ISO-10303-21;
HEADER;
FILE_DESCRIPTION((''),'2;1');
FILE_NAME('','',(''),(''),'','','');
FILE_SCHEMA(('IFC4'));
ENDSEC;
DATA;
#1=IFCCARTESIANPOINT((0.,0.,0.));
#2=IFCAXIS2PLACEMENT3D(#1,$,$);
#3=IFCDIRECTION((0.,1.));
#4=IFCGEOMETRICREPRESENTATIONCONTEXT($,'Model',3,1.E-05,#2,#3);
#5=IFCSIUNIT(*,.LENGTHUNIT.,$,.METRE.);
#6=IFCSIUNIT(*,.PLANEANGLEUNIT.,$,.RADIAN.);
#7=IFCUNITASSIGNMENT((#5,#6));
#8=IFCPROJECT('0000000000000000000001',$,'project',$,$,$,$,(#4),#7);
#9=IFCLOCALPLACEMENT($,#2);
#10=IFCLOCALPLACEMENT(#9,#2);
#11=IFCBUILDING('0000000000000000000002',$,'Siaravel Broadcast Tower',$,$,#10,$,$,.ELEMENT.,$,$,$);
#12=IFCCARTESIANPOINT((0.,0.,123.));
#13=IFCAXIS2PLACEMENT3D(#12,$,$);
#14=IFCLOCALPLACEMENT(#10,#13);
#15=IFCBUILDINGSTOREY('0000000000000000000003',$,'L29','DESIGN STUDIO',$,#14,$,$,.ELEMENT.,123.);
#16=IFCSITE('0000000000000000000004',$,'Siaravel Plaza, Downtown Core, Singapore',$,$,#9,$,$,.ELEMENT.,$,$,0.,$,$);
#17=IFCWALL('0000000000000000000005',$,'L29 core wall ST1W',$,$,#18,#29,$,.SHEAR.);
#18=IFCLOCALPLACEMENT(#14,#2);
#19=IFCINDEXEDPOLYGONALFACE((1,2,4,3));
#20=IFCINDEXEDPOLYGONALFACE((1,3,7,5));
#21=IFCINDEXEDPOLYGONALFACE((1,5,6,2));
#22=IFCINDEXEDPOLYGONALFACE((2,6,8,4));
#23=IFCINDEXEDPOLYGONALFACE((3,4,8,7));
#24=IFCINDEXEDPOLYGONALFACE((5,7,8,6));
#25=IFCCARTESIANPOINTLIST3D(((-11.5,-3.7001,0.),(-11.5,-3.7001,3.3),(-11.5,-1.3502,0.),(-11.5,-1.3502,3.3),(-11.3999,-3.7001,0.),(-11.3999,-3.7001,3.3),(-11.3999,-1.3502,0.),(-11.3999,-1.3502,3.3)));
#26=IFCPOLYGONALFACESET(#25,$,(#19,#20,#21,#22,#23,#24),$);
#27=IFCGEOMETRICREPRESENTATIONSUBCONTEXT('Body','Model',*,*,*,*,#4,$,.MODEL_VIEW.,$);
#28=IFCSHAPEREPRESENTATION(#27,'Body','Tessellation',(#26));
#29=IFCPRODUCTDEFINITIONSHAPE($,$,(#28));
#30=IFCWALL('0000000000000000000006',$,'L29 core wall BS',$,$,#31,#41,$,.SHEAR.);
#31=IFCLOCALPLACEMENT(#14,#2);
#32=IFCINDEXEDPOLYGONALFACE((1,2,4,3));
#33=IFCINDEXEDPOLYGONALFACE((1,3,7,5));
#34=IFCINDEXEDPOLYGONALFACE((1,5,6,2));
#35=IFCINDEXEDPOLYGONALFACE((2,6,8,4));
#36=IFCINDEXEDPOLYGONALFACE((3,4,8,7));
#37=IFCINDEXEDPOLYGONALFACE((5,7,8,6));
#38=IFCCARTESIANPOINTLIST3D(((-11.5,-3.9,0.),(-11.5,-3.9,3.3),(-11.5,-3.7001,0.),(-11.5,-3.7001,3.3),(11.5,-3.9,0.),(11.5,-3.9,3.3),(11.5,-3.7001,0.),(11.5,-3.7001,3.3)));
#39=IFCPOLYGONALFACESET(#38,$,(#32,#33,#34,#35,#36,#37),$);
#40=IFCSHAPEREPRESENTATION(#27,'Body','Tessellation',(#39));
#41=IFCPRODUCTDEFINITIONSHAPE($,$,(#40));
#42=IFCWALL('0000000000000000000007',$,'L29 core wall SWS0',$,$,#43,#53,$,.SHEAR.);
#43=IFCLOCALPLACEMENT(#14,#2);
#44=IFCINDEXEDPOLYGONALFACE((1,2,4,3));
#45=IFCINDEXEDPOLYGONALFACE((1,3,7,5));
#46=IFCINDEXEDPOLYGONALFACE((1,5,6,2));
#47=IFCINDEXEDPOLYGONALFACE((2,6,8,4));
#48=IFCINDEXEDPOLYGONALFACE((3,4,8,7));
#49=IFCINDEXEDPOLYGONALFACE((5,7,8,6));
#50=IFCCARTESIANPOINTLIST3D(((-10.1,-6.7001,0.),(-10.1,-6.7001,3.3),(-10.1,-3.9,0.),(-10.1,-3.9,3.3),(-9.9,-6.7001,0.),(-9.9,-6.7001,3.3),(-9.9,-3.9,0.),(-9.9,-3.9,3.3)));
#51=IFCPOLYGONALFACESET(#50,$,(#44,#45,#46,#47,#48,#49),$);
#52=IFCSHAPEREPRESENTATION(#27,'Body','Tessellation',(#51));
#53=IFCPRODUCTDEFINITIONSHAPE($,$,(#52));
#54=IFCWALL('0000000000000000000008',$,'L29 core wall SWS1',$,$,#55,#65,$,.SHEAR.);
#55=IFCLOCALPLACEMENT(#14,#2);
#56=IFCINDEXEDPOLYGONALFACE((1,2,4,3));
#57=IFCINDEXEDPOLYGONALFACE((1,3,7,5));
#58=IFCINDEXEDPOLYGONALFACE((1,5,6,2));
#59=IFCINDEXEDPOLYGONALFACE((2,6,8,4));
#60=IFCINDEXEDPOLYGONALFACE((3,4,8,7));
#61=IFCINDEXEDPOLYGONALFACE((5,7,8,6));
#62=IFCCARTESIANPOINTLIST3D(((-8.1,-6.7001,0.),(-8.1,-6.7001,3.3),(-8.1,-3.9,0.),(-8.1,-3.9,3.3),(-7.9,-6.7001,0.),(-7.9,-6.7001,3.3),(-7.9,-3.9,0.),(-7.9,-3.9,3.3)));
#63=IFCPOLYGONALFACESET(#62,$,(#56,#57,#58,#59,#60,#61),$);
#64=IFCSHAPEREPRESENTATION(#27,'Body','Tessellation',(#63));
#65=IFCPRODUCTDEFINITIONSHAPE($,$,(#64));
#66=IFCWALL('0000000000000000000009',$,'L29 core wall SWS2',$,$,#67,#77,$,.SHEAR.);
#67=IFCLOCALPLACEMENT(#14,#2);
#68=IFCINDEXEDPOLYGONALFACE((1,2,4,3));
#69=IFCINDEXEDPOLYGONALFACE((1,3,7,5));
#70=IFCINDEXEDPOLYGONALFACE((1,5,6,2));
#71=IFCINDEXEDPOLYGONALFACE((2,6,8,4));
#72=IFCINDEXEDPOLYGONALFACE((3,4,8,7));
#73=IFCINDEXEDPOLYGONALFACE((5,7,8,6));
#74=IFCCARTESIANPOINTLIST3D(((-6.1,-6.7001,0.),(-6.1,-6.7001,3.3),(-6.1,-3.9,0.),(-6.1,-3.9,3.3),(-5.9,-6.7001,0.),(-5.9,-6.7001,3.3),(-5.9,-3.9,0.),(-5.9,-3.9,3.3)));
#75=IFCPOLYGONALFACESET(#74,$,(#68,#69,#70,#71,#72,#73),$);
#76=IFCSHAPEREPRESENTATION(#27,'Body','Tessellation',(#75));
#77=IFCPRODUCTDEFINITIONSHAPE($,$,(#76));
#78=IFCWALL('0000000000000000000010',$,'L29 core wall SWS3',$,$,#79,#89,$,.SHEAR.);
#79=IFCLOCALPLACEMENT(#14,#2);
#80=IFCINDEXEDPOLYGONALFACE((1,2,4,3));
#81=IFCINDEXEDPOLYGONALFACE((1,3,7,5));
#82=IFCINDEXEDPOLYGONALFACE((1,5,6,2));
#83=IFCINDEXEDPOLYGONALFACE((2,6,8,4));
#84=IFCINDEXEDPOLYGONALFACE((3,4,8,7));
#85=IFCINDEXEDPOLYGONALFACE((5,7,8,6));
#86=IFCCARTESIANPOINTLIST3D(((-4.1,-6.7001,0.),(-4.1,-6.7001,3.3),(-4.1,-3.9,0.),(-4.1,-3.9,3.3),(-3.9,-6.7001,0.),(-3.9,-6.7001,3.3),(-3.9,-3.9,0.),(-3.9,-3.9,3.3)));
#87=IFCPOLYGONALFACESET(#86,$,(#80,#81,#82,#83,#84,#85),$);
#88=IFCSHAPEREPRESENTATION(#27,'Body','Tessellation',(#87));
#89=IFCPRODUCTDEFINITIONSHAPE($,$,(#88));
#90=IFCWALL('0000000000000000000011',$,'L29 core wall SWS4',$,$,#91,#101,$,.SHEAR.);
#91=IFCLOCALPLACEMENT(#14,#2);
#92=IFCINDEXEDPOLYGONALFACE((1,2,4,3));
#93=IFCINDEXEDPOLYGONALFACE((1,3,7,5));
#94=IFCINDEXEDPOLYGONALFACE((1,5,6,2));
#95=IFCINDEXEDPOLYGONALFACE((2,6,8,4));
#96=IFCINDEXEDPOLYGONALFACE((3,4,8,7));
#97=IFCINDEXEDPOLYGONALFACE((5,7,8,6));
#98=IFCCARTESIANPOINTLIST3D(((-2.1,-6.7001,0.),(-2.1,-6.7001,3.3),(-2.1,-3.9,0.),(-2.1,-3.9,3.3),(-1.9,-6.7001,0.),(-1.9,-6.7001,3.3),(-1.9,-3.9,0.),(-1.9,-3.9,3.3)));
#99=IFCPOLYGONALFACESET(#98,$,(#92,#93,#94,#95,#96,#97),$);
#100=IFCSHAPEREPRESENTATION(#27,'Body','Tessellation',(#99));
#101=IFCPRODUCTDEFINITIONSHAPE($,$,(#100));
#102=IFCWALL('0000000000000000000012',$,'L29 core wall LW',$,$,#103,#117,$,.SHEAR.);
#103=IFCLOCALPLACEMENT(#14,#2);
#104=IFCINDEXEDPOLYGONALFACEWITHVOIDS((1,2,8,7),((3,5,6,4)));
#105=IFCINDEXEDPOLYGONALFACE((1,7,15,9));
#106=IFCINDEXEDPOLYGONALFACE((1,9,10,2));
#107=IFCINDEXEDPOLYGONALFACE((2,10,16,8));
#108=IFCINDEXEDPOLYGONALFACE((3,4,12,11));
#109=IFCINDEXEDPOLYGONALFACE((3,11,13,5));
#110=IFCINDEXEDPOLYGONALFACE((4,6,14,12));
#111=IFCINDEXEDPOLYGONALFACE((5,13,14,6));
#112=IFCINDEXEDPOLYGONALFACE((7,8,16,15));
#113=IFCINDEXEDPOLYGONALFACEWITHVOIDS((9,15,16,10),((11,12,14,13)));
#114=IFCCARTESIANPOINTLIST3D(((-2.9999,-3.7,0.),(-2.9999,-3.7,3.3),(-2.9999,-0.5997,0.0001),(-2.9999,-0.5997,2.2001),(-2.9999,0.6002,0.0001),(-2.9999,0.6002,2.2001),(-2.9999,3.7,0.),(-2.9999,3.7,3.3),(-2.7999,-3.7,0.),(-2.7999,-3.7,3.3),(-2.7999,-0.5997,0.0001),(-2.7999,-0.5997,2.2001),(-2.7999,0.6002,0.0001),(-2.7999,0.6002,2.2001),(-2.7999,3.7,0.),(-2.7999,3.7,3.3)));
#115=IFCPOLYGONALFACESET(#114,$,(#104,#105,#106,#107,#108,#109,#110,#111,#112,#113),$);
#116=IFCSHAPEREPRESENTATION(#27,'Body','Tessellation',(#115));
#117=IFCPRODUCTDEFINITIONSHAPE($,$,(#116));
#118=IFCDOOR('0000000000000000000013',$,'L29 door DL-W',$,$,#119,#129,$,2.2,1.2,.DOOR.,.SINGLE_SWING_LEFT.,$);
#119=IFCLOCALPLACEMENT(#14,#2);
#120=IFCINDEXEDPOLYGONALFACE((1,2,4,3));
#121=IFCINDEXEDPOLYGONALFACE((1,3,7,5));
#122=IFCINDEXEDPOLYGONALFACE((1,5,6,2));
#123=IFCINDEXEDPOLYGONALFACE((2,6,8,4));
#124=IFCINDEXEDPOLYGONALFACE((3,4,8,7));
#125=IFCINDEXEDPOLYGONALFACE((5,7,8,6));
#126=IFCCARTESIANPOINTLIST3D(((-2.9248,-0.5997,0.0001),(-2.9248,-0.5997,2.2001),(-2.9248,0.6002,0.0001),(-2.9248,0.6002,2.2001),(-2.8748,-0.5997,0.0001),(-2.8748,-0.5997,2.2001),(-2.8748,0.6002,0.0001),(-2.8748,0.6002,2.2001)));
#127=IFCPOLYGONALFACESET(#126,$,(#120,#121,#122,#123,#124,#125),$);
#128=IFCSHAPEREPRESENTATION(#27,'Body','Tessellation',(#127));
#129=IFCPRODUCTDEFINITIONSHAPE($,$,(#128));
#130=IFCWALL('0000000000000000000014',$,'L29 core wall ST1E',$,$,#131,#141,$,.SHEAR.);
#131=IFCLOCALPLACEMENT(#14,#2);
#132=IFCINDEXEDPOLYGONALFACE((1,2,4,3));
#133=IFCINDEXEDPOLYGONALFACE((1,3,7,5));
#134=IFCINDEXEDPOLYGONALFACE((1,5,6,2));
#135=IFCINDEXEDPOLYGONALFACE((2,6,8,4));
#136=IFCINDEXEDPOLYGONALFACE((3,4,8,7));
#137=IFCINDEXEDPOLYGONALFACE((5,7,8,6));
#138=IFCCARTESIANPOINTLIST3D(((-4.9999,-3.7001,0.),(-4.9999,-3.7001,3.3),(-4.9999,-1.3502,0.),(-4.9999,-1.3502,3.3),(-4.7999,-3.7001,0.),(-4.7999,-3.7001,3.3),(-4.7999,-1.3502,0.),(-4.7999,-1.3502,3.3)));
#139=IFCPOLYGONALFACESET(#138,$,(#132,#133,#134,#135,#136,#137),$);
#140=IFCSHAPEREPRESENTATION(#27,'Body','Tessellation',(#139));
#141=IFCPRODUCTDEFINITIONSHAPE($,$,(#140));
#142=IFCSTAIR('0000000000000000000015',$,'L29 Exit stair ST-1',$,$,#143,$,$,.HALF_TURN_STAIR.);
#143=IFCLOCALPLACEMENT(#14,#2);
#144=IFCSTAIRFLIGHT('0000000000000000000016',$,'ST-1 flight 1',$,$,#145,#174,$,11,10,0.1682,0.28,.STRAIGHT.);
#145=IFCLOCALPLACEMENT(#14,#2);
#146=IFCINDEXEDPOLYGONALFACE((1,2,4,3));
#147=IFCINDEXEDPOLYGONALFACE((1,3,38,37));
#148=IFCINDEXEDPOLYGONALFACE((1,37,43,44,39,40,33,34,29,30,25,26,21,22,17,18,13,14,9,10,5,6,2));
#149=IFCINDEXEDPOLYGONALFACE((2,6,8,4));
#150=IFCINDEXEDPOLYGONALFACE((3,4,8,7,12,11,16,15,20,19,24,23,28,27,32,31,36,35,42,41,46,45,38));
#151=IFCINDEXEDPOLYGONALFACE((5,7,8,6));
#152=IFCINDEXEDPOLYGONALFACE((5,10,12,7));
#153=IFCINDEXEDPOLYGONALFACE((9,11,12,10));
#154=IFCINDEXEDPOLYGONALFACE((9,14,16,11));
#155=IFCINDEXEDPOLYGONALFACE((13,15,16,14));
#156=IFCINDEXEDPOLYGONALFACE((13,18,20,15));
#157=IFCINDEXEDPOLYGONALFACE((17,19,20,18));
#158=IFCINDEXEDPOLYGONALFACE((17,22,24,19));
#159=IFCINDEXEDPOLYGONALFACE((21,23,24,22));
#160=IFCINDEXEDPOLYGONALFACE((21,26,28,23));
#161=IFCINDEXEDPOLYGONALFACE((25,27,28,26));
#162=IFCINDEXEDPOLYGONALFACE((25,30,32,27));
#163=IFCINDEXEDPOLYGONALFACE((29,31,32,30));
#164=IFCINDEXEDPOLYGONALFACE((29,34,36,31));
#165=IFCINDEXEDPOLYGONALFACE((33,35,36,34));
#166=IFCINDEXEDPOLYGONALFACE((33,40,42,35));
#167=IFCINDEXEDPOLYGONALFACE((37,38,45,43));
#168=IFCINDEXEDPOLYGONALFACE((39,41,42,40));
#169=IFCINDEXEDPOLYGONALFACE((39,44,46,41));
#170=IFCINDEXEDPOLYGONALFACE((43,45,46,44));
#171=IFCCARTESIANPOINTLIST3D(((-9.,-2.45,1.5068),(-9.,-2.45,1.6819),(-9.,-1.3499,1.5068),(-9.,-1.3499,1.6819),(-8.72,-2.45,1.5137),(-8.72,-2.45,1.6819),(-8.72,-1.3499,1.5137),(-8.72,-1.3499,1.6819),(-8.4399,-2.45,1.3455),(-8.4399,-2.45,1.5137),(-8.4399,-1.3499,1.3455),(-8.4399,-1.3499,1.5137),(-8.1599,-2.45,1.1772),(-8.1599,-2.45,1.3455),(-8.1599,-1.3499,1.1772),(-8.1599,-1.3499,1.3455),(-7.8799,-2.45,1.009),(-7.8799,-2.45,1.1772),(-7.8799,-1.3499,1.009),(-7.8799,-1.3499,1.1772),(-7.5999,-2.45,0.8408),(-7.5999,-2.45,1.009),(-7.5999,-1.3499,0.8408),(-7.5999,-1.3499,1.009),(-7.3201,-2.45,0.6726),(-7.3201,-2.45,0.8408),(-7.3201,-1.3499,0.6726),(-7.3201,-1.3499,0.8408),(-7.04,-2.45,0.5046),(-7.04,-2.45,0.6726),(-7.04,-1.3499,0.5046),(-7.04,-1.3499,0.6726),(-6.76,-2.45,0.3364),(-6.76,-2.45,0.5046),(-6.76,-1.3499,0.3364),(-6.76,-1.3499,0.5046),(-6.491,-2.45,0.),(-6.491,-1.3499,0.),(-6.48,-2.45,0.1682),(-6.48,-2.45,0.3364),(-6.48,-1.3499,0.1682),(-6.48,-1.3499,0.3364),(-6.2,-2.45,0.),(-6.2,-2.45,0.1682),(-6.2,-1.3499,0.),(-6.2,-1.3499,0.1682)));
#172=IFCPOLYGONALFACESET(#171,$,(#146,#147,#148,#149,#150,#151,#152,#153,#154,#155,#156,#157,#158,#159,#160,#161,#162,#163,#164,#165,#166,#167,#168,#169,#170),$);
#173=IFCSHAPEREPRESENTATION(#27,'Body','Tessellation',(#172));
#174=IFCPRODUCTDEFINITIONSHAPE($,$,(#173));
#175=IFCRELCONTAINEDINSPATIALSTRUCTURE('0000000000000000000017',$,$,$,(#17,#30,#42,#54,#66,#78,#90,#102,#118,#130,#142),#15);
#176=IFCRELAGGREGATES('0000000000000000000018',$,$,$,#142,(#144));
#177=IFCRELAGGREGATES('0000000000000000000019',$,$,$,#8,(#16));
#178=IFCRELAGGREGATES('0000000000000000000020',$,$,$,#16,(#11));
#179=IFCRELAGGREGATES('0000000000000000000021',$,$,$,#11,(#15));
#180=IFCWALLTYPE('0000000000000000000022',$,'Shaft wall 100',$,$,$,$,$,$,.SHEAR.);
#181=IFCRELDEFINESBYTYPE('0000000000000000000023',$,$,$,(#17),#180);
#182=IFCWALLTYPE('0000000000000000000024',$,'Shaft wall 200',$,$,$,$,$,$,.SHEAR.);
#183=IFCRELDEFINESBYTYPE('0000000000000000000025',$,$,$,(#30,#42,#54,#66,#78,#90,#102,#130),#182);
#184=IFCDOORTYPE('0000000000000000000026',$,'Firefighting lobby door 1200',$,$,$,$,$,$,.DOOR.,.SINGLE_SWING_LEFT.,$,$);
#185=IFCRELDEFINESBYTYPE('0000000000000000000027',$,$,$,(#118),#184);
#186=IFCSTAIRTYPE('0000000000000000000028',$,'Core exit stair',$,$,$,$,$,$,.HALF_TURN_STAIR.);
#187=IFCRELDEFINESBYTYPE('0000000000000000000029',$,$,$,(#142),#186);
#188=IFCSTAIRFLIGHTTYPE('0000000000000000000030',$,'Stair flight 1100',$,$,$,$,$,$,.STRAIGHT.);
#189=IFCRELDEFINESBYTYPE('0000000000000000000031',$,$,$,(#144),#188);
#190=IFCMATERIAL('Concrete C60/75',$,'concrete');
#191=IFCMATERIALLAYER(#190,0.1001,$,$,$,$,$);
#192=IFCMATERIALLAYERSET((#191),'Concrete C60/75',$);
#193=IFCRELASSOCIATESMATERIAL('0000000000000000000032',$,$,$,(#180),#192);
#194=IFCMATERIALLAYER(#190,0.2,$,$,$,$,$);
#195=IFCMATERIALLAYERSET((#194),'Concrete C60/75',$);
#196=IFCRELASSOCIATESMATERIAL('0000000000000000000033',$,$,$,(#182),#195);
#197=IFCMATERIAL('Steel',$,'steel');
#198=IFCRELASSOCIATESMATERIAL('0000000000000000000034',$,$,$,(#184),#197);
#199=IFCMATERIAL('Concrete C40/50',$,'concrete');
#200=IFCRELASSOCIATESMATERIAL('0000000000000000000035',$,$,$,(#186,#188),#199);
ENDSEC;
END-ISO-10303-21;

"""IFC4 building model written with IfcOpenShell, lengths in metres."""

from ifc_helpers import new_model, si_unit, direction, frame, frame_2d, origin, place, context, subcontext, project, spatial, polyline, rectangle, outline, extrude, material, layer, layer_set, type_object, element, fill, aggregate, save


model = new_model("IFC4")

# Units and contexts
model_context = context("Model", 3, precision=1e-05, world=origin(), true_north=direction((0.0, 1.0)))
body_context = subcontext(model_context, "Body", "Model", "MODEL_VIEW")
ifc_project = project(units=[si_unit("LENGTHUNIT", "METRE"), si_unit("PLANEANGLEUNIT", "RADIAN")], contexts=[model_context])

# Site, building, storey
site_placement = place(None, origin())
site = spatial("IfcSite", under=ifc_project, at=site_placement, Name="Siaravel Plaza, Downtown Core, Singapore", CompositionType="ELEMENT", RefElevation=0.0)
building_placement = place(site_placement, origin())
building = spatial("IfcBuilding", under=site, at=building_placement, Name="Siaravel Broadcast Tower", CompositionType="ELEMENT")
storey_placement = place(building_placement, frame((0.0, 0.0, 123.0)))
storey = spatial("IfcBuildingStorey", under=building, at=storey_placement, Name="L29", Description="DESIGN STUDIO", CompositionType="ELEMENT", Elevation=123.0)

# Walls
ifc_material_1 = material(Name="Concrete C60/75", Category="concrete")
ifc_layer_1 = layer(ifc_material_1, 0.1001)
ifc_layer_set_1 = layer_set([ifc_layer_1], Name="Concrete C60/75")
wall_type_1 = type_object("IfcWallType", Name="Shaft wall 100", PredefinedType="SHEAR", material=ifc_layer_set_1)
wall_1_placement = place(storey_placement, frame((-11.45, -3.7, 0.0), z_axis=(0.0, 0.0, 1.0), x_axis=(0.0, 1.0, 0.0)))
element("IfcWall", 1, at=wall_1_placement, inside=storey, type_object=wall_type_1, Name="L29 core wall ST1W", PredefinedType="SHEAR", context=body_context, shape_type="SweptSolid", body=[
    extrude(rectangle(XDim=2.3499, YDim=0.1001, at=frame_2d((1.1748, 0.0))), origin(), (0.0, 0.0, 1.0), 3.3),
])
ifc_layer_2 = layer(ifc_material_1, 0.2)
ifc_layer_set_2 = layer_set([ifc_layer_2], Name="Concrete C60/75")
wall_type_2 = type_object("IfcWallType", Name="Shaft wall 200", PredefinedType="SHEAR", material=ifc_layer_set_2)
wall_2_placement = place(storey_placement, frame((-11.5, -3.8, 0.0), z_axis=(0.0, 0.0, 1.0), x_axis=(1.0, 0.0, 0.0)))
element("IfcWall", 2, at=wall_2_placement, inside=storey, type_object=wall_type_2, Name="L29 core wall BS", PredefinedType="SHEAR", context=body_context, shape_type="SweptSolid", body=[
    extrude(rectangle(XDim=23.0, YDim=0.2, at=frame_2d((11.5, 0.0))), origin(), (0.0, 0.0, 1.0), 3.3),
])
for number, where, z_axis, x_axis, name in (
    (3, (-10.0, -6.7, 0.0), (0.0, 0.0, 1.0), (0.0, 1.0, 0.0), "L29 core wall SWS0"),
    (4, (-8.0, -6.7, 0.0), (0.0, 0.0, 1.0), (0.0, 1.0, 0.0), "L29 core wall SWS1"),
    (5, (-6.0, -6.7, 0.0), (0.0, 0.0, 1.0), (0.0, 1.0, 0.0), "L29 core wall SWS2"),
    (6, (-4.0, -6.7, 0.0), (0.0, 0.0, 1.0), (0.0, 1.0, 0.0), "L29 core wall SWS3"),
    (7, (-2.0, -6.7, 0.0), (0.0, 0.0, 1.0), (0.0, 1.0, 0.0), "L29 core wall SWS4"),
):
    element("IfcWall", number, at=place(storey_placement, frame(where, z_axis=z_axis, x_axis=x_axis)), inside=storey, type_object=wall_type_2, Name=name, PredefinedType="SHEAR", context=body_context, shape_type="SweptSolid", body=[
        extrude(rectangle(XDim=2.8, YDim=0.2, at=frame_2d((1.3999, 0.0))), origin(), (0.0, 0.0, 1.0), 3.3),
    ])

# Wall, opening, door
wall_3_placement = place(storey_placement, frame((-2.8999, -3.7, 0.0), z_axis=(0.0, 0.0, 1.0), x_axis=(0.0, 1.0, 0.0)))
wall_3 = element("IfcWall", 8, at=wall_3_placement, inside=storey, type_object=wall_type_2, Name="L29 core wall LW", PredefinedType="SHEAR", context=body_context, shape_type="SweptSolid", body=[
    extrude(rectangle(XDim=7.3999, YDim=0.2, at=frame_2d((3.7, 0.0))), origin(), (0.0, 0.0, 1.0), 3.3),
])
opening_placement = place(wall_3_placement, frame((3.1001, 0.0, 0.0)))
opening = element("IfcOpeningElement", 9, at=opening_placement, cuts=wall_3, PredefinedType="OPENING", context=body_context, shape_type="SweptSolid", body=[
    extrude(rectangle(XDim=1.2, YDim=2.2, at=frame_2d((0.6001, 1.1001))), frame((0.0, 0.1099, 0.0), z_axis=(0.0, -1.0, 0.0), x_axis=(1.0, 0.0, 0.0)), (0.0, 0.0, 1.0), 0.22),
])
ifc_material_2 = material(Name="Steel", Category="steel")
door_type = type_object("IfcDoorType", Name="Firefighting lobby door 1200", OperationType="SINGLE_SWING_LEFT", PredefinedType="DOOR", material=ifc_material_2)
door_placement = place(opening_placement, origin())
door = element("IfcDoor", 10, at=door_placement, inside=storey, type_object=door_type, Name="L29 door DL-W", OperationType="SINGLE_SWING_LEFT", OverallHeight=2.2, OverallWidth=1.2, PredefinedType="DOOR", context=body_context, shape_type="SweptSolid", body=[
    extrude(rectangle(XDim=1.2, YDim=2.2, at=frame_2d((0.6001, 1.1001))), frame((0.0, 0.0249, 0.0), z_axis=(0.0, -1.0, 0.0), x_axis=(1.0, 0.0, 0.0)), (0.0, 0.0, 1.0), 0.05),
])
fill(opening, door)

# Wall
wall_4_placement = place(storey_placement, frame((-4.8999, -3.7, 0.0), z_axis=(0.0, 0.0, 1.0), x_axis=(0.0, 1.0, 0.0)))
element("IfcWall", 11, at=wall_4_placement, inside=storey, type_object=wall_type_2, Name="L29 core wall ST1E", PredefinedType="SHEAR", context=body_context, shape_type="SweptSolid", body=[
    extrude(rectangle(XDim=2.3499, YDim=0.2, at=frame_2d((1.1748, 0.0))), origin(), (0.0, 0.0, 1.0), 3.3),
])

# Stair, stair flight
ifc_material_3 = material(Name="Concrete C40/50", Category="concrete")
stair_type = type_object("IfcStairType", Name="Core exit stair", PredefinedType="HALF_TURN_STAIR", material=ifc_material_3)
stair_placement = place(storey_placement, origin())
stair = element("IfcStair", 12, at=stair_placement, inside=storey, type_object=stair_type, Name="L29 Exit stair ST-1", PredefinedType="HALF_TURN_STAIR")
stair_flight_type = type_object("IfcStairFlightType", Name="Stair flight 1100", PredefinedType="STRAIGHT", material=ifc_material_3)
stair_flight_1_placement = place(storey_placement, frame((-6.2, -1.8999, 0.0), z_axis=(0.0, 0.0, 1.0), x_axis=(-1.0, 0.0, 0.0)))
stair_flight_1 = element("IfcStairFlight", 13, at=stair_flight_1_placement, type_object=stair_flight_type, Name="ST-1 flight 1", NumberOfRisers=11, NumberOfTreads=10, PredefinedType="STRAIGHT", RiserHeight=0.1682, TreadLength=0.28, context=body_context, shape_type="SweptSolid", body=[
    extrude(outline(polyline([(0.0, 0.0), (0.0, 0.1682), (0.28, 0.1682), (0.28, 0.3364), (0.5601, 0.3364), (0.5601, 0.5046), (0.8401, 0.5046), (0.8401, 0.6726), (1.1201, 0.6726), (1.1201, 0.8408), (1.3999, 0.8408), (1.3999, 1.009), (1.6799, 1.009), (1.6799, 1.1772), (1.96, 1.1772), (1.96, 1.3455), (2.24, 1.3455), (2.24, 1.5137), (2.52, 1.5137), (2.52, 1.6819), (2.8, 1.6819), (2.8, 1.8501), (2.8, 1.5068), (0.291, 0.0), (0.0, 0.0)])), frame((0.0, 0.55, 0.0), z_axis=(0.0, -1.0, 0.0), x_axis=(1.0, 0.0, 0.0)), (0.0, 0.0, 1.0), 1.1001),
])
aggregate(stair, [stair_flight_1])

save(model, "model.ifc")
